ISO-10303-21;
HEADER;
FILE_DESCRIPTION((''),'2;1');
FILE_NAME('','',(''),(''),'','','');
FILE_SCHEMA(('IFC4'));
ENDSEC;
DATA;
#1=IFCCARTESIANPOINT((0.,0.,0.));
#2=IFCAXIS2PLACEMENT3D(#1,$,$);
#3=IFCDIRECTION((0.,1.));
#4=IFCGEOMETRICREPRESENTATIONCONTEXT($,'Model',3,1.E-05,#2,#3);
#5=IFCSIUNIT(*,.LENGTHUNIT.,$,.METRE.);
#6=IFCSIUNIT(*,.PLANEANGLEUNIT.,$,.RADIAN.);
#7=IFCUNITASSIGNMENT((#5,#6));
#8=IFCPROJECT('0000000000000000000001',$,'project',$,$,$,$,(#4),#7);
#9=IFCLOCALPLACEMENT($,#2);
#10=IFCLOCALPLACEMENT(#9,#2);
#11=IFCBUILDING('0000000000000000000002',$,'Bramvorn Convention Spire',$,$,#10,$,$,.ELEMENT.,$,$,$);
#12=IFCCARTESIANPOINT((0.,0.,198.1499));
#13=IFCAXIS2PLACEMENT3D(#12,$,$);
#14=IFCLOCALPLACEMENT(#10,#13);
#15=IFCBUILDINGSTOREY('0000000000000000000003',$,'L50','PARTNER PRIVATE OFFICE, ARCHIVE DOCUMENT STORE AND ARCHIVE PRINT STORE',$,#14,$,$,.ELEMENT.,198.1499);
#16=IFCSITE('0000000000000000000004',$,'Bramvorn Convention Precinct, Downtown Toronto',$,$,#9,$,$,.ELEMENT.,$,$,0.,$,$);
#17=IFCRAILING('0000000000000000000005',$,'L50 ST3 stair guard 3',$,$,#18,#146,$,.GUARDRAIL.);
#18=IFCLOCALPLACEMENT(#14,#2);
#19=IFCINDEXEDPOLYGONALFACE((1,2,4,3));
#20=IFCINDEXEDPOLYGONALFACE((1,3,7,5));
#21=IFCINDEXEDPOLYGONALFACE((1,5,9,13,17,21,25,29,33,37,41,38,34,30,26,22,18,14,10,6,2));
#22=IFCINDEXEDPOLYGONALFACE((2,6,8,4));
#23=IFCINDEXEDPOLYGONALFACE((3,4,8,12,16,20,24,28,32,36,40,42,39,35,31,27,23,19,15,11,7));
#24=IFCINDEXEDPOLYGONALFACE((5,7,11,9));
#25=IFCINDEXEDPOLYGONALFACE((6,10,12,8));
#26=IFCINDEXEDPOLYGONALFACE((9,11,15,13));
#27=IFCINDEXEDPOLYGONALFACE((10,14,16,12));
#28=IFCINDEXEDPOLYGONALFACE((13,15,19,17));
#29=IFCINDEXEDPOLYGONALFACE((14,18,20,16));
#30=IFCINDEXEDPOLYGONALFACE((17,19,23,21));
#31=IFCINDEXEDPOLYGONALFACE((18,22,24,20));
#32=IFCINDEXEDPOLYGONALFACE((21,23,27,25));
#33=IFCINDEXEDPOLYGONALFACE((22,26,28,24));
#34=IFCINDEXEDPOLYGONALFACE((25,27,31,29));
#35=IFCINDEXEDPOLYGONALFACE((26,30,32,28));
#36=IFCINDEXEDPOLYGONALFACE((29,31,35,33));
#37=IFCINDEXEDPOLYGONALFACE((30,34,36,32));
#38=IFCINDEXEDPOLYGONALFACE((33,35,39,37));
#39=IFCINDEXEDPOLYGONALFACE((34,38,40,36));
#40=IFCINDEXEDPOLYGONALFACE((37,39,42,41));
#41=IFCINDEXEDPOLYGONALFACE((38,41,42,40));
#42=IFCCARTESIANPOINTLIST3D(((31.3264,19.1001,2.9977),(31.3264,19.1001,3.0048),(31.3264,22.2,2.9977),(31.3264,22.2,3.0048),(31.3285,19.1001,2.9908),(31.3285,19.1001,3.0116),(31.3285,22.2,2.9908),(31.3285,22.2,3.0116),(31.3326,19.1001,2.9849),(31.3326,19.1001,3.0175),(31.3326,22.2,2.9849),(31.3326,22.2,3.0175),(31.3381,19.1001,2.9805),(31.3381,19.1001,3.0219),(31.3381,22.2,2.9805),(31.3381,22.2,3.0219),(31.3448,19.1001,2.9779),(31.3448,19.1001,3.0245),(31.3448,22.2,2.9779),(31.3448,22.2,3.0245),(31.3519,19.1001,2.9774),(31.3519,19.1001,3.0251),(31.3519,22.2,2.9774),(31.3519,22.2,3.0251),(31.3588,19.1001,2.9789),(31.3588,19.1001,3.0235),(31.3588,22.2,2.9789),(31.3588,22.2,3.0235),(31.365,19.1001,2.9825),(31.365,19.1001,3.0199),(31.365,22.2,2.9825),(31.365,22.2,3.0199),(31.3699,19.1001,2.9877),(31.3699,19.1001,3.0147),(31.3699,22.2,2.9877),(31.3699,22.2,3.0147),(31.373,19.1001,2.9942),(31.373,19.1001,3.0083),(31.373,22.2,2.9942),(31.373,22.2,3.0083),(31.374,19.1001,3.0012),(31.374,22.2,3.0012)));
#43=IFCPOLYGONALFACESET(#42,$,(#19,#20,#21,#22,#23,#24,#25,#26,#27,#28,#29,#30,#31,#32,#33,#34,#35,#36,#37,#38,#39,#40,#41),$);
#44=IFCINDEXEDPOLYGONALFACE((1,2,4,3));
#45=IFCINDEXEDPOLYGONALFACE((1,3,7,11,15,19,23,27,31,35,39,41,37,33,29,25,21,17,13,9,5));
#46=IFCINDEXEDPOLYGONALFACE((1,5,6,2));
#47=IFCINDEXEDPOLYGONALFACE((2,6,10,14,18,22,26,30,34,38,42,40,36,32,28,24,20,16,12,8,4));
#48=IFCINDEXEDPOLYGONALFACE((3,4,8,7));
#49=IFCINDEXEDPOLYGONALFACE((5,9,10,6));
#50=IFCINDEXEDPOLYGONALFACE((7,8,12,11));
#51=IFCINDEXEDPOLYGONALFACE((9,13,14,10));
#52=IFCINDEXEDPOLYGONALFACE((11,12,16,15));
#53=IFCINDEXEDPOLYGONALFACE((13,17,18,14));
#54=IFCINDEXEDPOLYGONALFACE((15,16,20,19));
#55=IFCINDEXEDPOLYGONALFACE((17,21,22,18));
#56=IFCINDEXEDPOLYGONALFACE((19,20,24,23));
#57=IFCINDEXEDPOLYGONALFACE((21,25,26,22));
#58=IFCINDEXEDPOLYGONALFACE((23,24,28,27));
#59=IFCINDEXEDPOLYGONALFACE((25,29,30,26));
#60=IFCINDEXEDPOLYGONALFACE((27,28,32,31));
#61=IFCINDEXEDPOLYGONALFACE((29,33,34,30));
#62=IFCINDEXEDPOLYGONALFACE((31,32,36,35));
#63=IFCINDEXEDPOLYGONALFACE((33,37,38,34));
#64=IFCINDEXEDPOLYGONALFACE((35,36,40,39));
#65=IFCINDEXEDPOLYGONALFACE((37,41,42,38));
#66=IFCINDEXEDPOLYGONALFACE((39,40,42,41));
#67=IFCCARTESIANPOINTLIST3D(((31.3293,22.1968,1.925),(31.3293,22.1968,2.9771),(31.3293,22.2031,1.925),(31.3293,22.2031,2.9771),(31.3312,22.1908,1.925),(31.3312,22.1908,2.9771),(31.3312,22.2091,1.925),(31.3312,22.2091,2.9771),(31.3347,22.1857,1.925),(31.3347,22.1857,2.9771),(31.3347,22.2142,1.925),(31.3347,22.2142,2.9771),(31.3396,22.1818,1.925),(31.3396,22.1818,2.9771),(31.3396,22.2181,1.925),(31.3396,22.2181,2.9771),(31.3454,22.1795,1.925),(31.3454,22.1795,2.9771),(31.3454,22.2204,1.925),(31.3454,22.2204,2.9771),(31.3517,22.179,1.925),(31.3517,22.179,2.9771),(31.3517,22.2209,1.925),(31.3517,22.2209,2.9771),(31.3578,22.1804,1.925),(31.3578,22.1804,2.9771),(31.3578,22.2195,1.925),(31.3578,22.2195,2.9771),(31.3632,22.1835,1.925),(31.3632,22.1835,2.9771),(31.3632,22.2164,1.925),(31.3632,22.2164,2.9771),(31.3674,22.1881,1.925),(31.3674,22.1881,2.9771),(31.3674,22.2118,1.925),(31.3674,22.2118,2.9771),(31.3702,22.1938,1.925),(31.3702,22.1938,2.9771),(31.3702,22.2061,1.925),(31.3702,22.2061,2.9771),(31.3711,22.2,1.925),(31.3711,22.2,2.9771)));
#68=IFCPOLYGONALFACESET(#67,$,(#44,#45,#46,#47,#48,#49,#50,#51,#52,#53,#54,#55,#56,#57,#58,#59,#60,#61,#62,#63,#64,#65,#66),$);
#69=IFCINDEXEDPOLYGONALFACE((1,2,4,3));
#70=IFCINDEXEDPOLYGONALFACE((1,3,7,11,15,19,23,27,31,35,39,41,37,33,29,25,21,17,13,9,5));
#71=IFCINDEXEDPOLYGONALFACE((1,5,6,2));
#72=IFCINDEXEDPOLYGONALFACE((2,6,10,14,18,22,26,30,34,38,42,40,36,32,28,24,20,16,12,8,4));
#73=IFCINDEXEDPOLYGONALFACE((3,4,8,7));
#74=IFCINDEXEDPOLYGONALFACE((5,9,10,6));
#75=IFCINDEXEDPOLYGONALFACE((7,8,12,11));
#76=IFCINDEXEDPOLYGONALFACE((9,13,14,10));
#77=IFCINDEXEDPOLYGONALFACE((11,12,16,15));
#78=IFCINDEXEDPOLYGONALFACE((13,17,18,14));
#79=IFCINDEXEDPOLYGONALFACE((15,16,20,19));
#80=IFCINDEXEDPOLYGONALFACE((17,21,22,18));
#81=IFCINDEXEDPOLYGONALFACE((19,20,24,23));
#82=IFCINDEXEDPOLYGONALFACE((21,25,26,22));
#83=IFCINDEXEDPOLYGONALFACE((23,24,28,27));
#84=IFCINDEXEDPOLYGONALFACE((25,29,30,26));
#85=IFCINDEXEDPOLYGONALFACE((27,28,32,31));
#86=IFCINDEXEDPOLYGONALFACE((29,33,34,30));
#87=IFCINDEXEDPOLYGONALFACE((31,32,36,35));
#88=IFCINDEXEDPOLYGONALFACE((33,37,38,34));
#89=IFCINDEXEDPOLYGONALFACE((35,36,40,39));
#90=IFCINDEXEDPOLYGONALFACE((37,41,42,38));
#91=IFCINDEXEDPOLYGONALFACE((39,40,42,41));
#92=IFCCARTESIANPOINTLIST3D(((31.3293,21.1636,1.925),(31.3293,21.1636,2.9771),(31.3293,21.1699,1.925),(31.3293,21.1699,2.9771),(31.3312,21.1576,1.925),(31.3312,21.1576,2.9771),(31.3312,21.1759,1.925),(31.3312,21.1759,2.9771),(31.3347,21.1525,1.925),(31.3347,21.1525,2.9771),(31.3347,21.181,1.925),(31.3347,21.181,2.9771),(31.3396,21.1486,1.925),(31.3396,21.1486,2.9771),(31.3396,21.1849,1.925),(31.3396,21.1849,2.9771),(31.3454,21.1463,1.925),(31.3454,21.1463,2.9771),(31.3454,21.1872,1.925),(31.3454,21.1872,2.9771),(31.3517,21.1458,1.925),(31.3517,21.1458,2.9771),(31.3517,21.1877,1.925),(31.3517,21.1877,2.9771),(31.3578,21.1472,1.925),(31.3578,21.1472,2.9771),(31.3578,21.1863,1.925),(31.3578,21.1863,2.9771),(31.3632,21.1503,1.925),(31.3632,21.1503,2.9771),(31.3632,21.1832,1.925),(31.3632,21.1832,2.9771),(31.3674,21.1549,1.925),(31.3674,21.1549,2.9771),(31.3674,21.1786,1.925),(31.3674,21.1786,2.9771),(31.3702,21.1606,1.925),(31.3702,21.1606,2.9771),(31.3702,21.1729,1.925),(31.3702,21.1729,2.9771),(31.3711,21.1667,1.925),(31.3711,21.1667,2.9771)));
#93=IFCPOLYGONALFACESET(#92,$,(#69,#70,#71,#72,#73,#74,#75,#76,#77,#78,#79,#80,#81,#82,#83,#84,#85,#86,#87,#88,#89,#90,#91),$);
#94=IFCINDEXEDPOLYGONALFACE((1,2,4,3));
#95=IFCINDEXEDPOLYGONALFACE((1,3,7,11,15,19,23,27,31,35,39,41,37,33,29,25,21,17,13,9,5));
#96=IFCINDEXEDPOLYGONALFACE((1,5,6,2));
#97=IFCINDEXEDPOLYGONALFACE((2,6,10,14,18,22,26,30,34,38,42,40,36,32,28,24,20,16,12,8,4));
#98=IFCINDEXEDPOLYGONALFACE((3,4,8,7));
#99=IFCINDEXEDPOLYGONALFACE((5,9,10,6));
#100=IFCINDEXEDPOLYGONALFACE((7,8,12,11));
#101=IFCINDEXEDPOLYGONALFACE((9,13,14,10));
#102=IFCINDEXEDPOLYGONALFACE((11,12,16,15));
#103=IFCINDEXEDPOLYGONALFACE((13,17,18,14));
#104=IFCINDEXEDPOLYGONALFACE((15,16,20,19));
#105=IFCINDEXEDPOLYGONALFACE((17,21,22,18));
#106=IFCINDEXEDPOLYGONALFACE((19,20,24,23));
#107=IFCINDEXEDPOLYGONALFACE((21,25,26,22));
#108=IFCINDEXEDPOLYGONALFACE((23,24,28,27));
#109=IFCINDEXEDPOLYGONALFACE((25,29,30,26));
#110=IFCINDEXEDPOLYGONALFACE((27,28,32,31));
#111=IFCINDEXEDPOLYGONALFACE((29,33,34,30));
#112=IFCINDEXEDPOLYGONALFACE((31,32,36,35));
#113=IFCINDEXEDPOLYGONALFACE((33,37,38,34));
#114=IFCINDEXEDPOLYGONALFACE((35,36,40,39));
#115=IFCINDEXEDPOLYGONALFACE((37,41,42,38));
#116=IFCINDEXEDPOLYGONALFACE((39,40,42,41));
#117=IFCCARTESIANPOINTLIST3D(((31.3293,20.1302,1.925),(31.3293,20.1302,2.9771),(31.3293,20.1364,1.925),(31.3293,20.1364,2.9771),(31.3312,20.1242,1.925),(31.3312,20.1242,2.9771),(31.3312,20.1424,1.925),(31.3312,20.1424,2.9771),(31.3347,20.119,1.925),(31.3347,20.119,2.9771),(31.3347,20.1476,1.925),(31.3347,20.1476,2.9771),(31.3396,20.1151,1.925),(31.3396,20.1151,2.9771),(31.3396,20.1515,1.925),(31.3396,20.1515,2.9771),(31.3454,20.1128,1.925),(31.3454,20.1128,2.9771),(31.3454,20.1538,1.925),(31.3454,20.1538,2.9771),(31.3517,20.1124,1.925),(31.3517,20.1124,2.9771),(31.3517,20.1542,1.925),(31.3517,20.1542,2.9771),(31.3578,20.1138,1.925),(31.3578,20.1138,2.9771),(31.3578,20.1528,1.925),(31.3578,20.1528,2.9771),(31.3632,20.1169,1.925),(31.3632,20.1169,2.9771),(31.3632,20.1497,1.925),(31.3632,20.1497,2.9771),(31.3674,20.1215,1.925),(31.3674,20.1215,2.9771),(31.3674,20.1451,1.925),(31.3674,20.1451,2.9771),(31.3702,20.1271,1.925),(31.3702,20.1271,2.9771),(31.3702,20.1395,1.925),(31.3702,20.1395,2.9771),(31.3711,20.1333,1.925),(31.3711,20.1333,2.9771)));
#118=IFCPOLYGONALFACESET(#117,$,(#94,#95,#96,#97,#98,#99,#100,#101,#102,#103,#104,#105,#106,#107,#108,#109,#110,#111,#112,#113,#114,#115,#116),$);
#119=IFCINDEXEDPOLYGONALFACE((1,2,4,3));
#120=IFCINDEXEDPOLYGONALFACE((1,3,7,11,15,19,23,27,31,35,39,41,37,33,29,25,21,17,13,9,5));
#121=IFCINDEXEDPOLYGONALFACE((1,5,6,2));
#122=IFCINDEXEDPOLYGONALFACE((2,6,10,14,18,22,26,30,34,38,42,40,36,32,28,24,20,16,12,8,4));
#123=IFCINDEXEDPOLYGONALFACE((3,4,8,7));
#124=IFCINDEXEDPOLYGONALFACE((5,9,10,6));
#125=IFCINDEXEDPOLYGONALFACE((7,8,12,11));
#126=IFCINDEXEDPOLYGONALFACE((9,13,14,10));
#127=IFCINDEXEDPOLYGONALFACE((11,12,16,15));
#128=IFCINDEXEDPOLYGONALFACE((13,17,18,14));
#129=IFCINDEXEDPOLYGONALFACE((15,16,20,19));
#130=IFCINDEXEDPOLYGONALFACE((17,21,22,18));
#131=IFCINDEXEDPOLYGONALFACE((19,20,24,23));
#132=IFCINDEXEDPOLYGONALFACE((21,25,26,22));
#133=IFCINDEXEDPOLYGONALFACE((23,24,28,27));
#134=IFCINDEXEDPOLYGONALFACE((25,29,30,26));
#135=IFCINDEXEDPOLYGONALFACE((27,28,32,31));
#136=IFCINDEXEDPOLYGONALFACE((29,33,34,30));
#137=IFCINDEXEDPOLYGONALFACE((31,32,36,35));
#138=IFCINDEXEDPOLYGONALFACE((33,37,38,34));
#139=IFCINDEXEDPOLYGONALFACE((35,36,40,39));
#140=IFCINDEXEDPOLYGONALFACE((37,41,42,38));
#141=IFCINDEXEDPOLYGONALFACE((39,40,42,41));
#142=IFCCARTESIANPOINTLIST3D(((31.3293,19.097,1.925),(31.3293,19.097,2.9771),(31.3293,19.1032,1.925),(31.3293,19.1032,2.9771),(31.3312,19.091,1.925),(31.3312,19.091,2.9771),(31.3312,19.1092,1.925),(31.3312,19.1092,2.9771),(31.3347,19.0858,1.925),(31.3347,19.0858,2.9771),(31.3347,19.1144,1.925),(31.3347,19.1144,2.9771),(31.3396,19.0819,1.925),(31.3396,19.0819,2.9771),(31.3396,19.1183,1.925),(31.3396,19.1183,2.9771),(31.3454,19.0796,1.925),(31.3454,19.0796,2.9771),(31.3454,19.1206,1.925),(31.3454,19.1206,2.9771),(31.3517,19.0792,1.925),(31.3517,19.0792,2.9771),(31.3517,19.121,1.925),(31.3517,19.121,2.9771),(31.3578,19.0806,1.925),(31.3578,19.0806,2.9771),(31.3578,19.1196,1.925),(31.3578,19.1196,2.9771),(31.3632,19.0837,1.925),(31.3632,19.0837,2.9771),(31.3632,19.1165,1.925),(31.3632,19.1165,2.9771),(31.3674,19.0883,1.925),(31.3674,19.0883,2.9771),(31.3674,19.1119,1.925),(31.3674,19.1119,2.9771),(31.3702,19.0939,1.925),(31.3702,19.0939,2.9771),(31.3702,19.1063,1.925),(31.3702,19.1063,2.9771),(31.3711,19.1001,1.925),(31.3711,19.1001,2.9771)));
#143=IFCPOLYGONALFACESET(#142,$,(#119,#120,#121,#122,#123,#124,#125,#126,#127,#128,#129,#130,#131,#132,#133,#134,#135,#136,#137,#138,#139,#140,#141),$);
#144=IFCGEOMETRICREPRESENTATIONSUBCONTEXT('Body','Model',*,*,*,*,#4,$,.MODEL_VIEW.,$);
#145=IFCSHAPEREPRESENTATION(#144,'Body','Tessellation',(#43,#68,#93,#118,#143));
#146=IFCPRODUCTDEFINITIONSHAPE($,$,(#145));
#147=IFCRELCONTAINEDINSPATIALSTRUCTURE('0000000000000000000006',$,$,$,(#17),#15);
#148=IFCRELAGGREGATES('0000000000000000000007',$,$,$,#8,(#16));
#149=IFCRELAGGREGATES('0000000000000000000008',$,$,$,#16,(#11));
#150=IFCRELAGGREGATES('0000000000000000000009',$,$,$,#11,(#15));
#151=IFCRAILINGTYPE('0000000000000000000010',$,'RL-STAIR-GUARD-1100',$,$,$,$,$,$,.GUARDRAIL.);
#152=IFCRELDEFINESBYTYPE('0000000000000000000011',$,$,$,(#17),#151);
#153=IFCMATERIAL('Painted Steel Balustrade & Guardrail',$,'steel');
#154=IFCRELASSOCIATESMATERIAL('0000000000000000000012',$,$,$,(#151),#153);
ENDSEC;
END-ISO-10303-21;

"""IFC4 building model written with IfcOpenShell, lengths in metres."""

from ifc_helpers import new_model, si_unit, direction, frame, origin, origin_2d, place, context, subcontext, project, spatial, circle, extrude, material, type_object, element, save


model = new_model("IFC4")

# Units and contexts
model_context = context("Model", 3, precision=1e-05, world=origin(), true_north=direction((0.0, 1.0)))
body_context = subcontext(model_context, "Body", "Model", "MODEL_VIEW")
ifc_project = project(units=[si_unit("LENGTHUNIT", "METRE"), si_unit("PLANEANGLEUNIT", "RADIAN")], contexts=[model_context])

# Site, building, storey
site_placement = place(None, origin())
site = spatial("IfcSite", under=ifc_project, at=site_placement, Name="Bramvorn Convention Precinct, Downtown Toronto", CompositionType="ELEMENT", RefElevation=0.0)
building_placement = place(site_placement, origin())
building = spatial("IfcBuilding", under=site, at=building_placement, Name="Bramvorn Convention Spire", CompositionType="ELEMENT")
storey_placement = place(building_placement, frame((0.0, 0.0, 198.1499)))
storey = spatial("IfcBuildingStorey", under=building, at=storey_placement, Name="L50", Description="PARTNER PRIVATE OFFICE, ARCHIVE DOCUMENT STORE AND ARCHIVE PRINT STORE", CompositionType="ELEMENT", Elevation=198.1499)

# Railing
ifc_material_1 = material(Name="Painted Steel Balustrade & Guardrail", Category="steel")
railing_type_1 = type_object("IfcRailingType", Name="RL-STAIR-GUARD-1100", PredefinedType="GUARDRAIL", material=ifc_material_1)
railing_1_placement = place(storey_placement, frame((31.3501, 22.2, 1.925)))
element("IfcRailing", 1, at=railing_1_placement, inside=storey, type_object=railing_type_1, Name="L50 ST3 stair guard 3", PredefinedType="GUARDRAIL", context=body_context, shape_type="SweptSolid", body=[
    extrude(circle(Radius=0.0239, at=origin_2d()), frame((0.0, 0.0, 1.0762), z_axis=(0.0, -1.0, 0.0), x_axis=(1.0, 0.0, 0.0)), (0.0, 0.0, 1.0), 3.0999),
    extrude(circle(Radius=0.021, at=origin_2d()), origin(), (0.0, 0.0, 1.0), 1.052),
    extrude(circle(Radius=0.021, at=origin_2d()), frame((0.0, -1.0332, 0.0)), (0.0, 0.0, 1.0), 1.052),
    extrude(circle(Radius=0.021, at=origin_2d()), frame((0.0, -2.0667, 0.0)), (0.0, 0.0, 1.0), 1.052),
    extrude(circle(Radius=0.021, at=origin_2d()), frame((0.0, -3.0999, 0.0)), (0.0, 0.0, 1.0), 1.052),
])

save(model, "model.ifc")
